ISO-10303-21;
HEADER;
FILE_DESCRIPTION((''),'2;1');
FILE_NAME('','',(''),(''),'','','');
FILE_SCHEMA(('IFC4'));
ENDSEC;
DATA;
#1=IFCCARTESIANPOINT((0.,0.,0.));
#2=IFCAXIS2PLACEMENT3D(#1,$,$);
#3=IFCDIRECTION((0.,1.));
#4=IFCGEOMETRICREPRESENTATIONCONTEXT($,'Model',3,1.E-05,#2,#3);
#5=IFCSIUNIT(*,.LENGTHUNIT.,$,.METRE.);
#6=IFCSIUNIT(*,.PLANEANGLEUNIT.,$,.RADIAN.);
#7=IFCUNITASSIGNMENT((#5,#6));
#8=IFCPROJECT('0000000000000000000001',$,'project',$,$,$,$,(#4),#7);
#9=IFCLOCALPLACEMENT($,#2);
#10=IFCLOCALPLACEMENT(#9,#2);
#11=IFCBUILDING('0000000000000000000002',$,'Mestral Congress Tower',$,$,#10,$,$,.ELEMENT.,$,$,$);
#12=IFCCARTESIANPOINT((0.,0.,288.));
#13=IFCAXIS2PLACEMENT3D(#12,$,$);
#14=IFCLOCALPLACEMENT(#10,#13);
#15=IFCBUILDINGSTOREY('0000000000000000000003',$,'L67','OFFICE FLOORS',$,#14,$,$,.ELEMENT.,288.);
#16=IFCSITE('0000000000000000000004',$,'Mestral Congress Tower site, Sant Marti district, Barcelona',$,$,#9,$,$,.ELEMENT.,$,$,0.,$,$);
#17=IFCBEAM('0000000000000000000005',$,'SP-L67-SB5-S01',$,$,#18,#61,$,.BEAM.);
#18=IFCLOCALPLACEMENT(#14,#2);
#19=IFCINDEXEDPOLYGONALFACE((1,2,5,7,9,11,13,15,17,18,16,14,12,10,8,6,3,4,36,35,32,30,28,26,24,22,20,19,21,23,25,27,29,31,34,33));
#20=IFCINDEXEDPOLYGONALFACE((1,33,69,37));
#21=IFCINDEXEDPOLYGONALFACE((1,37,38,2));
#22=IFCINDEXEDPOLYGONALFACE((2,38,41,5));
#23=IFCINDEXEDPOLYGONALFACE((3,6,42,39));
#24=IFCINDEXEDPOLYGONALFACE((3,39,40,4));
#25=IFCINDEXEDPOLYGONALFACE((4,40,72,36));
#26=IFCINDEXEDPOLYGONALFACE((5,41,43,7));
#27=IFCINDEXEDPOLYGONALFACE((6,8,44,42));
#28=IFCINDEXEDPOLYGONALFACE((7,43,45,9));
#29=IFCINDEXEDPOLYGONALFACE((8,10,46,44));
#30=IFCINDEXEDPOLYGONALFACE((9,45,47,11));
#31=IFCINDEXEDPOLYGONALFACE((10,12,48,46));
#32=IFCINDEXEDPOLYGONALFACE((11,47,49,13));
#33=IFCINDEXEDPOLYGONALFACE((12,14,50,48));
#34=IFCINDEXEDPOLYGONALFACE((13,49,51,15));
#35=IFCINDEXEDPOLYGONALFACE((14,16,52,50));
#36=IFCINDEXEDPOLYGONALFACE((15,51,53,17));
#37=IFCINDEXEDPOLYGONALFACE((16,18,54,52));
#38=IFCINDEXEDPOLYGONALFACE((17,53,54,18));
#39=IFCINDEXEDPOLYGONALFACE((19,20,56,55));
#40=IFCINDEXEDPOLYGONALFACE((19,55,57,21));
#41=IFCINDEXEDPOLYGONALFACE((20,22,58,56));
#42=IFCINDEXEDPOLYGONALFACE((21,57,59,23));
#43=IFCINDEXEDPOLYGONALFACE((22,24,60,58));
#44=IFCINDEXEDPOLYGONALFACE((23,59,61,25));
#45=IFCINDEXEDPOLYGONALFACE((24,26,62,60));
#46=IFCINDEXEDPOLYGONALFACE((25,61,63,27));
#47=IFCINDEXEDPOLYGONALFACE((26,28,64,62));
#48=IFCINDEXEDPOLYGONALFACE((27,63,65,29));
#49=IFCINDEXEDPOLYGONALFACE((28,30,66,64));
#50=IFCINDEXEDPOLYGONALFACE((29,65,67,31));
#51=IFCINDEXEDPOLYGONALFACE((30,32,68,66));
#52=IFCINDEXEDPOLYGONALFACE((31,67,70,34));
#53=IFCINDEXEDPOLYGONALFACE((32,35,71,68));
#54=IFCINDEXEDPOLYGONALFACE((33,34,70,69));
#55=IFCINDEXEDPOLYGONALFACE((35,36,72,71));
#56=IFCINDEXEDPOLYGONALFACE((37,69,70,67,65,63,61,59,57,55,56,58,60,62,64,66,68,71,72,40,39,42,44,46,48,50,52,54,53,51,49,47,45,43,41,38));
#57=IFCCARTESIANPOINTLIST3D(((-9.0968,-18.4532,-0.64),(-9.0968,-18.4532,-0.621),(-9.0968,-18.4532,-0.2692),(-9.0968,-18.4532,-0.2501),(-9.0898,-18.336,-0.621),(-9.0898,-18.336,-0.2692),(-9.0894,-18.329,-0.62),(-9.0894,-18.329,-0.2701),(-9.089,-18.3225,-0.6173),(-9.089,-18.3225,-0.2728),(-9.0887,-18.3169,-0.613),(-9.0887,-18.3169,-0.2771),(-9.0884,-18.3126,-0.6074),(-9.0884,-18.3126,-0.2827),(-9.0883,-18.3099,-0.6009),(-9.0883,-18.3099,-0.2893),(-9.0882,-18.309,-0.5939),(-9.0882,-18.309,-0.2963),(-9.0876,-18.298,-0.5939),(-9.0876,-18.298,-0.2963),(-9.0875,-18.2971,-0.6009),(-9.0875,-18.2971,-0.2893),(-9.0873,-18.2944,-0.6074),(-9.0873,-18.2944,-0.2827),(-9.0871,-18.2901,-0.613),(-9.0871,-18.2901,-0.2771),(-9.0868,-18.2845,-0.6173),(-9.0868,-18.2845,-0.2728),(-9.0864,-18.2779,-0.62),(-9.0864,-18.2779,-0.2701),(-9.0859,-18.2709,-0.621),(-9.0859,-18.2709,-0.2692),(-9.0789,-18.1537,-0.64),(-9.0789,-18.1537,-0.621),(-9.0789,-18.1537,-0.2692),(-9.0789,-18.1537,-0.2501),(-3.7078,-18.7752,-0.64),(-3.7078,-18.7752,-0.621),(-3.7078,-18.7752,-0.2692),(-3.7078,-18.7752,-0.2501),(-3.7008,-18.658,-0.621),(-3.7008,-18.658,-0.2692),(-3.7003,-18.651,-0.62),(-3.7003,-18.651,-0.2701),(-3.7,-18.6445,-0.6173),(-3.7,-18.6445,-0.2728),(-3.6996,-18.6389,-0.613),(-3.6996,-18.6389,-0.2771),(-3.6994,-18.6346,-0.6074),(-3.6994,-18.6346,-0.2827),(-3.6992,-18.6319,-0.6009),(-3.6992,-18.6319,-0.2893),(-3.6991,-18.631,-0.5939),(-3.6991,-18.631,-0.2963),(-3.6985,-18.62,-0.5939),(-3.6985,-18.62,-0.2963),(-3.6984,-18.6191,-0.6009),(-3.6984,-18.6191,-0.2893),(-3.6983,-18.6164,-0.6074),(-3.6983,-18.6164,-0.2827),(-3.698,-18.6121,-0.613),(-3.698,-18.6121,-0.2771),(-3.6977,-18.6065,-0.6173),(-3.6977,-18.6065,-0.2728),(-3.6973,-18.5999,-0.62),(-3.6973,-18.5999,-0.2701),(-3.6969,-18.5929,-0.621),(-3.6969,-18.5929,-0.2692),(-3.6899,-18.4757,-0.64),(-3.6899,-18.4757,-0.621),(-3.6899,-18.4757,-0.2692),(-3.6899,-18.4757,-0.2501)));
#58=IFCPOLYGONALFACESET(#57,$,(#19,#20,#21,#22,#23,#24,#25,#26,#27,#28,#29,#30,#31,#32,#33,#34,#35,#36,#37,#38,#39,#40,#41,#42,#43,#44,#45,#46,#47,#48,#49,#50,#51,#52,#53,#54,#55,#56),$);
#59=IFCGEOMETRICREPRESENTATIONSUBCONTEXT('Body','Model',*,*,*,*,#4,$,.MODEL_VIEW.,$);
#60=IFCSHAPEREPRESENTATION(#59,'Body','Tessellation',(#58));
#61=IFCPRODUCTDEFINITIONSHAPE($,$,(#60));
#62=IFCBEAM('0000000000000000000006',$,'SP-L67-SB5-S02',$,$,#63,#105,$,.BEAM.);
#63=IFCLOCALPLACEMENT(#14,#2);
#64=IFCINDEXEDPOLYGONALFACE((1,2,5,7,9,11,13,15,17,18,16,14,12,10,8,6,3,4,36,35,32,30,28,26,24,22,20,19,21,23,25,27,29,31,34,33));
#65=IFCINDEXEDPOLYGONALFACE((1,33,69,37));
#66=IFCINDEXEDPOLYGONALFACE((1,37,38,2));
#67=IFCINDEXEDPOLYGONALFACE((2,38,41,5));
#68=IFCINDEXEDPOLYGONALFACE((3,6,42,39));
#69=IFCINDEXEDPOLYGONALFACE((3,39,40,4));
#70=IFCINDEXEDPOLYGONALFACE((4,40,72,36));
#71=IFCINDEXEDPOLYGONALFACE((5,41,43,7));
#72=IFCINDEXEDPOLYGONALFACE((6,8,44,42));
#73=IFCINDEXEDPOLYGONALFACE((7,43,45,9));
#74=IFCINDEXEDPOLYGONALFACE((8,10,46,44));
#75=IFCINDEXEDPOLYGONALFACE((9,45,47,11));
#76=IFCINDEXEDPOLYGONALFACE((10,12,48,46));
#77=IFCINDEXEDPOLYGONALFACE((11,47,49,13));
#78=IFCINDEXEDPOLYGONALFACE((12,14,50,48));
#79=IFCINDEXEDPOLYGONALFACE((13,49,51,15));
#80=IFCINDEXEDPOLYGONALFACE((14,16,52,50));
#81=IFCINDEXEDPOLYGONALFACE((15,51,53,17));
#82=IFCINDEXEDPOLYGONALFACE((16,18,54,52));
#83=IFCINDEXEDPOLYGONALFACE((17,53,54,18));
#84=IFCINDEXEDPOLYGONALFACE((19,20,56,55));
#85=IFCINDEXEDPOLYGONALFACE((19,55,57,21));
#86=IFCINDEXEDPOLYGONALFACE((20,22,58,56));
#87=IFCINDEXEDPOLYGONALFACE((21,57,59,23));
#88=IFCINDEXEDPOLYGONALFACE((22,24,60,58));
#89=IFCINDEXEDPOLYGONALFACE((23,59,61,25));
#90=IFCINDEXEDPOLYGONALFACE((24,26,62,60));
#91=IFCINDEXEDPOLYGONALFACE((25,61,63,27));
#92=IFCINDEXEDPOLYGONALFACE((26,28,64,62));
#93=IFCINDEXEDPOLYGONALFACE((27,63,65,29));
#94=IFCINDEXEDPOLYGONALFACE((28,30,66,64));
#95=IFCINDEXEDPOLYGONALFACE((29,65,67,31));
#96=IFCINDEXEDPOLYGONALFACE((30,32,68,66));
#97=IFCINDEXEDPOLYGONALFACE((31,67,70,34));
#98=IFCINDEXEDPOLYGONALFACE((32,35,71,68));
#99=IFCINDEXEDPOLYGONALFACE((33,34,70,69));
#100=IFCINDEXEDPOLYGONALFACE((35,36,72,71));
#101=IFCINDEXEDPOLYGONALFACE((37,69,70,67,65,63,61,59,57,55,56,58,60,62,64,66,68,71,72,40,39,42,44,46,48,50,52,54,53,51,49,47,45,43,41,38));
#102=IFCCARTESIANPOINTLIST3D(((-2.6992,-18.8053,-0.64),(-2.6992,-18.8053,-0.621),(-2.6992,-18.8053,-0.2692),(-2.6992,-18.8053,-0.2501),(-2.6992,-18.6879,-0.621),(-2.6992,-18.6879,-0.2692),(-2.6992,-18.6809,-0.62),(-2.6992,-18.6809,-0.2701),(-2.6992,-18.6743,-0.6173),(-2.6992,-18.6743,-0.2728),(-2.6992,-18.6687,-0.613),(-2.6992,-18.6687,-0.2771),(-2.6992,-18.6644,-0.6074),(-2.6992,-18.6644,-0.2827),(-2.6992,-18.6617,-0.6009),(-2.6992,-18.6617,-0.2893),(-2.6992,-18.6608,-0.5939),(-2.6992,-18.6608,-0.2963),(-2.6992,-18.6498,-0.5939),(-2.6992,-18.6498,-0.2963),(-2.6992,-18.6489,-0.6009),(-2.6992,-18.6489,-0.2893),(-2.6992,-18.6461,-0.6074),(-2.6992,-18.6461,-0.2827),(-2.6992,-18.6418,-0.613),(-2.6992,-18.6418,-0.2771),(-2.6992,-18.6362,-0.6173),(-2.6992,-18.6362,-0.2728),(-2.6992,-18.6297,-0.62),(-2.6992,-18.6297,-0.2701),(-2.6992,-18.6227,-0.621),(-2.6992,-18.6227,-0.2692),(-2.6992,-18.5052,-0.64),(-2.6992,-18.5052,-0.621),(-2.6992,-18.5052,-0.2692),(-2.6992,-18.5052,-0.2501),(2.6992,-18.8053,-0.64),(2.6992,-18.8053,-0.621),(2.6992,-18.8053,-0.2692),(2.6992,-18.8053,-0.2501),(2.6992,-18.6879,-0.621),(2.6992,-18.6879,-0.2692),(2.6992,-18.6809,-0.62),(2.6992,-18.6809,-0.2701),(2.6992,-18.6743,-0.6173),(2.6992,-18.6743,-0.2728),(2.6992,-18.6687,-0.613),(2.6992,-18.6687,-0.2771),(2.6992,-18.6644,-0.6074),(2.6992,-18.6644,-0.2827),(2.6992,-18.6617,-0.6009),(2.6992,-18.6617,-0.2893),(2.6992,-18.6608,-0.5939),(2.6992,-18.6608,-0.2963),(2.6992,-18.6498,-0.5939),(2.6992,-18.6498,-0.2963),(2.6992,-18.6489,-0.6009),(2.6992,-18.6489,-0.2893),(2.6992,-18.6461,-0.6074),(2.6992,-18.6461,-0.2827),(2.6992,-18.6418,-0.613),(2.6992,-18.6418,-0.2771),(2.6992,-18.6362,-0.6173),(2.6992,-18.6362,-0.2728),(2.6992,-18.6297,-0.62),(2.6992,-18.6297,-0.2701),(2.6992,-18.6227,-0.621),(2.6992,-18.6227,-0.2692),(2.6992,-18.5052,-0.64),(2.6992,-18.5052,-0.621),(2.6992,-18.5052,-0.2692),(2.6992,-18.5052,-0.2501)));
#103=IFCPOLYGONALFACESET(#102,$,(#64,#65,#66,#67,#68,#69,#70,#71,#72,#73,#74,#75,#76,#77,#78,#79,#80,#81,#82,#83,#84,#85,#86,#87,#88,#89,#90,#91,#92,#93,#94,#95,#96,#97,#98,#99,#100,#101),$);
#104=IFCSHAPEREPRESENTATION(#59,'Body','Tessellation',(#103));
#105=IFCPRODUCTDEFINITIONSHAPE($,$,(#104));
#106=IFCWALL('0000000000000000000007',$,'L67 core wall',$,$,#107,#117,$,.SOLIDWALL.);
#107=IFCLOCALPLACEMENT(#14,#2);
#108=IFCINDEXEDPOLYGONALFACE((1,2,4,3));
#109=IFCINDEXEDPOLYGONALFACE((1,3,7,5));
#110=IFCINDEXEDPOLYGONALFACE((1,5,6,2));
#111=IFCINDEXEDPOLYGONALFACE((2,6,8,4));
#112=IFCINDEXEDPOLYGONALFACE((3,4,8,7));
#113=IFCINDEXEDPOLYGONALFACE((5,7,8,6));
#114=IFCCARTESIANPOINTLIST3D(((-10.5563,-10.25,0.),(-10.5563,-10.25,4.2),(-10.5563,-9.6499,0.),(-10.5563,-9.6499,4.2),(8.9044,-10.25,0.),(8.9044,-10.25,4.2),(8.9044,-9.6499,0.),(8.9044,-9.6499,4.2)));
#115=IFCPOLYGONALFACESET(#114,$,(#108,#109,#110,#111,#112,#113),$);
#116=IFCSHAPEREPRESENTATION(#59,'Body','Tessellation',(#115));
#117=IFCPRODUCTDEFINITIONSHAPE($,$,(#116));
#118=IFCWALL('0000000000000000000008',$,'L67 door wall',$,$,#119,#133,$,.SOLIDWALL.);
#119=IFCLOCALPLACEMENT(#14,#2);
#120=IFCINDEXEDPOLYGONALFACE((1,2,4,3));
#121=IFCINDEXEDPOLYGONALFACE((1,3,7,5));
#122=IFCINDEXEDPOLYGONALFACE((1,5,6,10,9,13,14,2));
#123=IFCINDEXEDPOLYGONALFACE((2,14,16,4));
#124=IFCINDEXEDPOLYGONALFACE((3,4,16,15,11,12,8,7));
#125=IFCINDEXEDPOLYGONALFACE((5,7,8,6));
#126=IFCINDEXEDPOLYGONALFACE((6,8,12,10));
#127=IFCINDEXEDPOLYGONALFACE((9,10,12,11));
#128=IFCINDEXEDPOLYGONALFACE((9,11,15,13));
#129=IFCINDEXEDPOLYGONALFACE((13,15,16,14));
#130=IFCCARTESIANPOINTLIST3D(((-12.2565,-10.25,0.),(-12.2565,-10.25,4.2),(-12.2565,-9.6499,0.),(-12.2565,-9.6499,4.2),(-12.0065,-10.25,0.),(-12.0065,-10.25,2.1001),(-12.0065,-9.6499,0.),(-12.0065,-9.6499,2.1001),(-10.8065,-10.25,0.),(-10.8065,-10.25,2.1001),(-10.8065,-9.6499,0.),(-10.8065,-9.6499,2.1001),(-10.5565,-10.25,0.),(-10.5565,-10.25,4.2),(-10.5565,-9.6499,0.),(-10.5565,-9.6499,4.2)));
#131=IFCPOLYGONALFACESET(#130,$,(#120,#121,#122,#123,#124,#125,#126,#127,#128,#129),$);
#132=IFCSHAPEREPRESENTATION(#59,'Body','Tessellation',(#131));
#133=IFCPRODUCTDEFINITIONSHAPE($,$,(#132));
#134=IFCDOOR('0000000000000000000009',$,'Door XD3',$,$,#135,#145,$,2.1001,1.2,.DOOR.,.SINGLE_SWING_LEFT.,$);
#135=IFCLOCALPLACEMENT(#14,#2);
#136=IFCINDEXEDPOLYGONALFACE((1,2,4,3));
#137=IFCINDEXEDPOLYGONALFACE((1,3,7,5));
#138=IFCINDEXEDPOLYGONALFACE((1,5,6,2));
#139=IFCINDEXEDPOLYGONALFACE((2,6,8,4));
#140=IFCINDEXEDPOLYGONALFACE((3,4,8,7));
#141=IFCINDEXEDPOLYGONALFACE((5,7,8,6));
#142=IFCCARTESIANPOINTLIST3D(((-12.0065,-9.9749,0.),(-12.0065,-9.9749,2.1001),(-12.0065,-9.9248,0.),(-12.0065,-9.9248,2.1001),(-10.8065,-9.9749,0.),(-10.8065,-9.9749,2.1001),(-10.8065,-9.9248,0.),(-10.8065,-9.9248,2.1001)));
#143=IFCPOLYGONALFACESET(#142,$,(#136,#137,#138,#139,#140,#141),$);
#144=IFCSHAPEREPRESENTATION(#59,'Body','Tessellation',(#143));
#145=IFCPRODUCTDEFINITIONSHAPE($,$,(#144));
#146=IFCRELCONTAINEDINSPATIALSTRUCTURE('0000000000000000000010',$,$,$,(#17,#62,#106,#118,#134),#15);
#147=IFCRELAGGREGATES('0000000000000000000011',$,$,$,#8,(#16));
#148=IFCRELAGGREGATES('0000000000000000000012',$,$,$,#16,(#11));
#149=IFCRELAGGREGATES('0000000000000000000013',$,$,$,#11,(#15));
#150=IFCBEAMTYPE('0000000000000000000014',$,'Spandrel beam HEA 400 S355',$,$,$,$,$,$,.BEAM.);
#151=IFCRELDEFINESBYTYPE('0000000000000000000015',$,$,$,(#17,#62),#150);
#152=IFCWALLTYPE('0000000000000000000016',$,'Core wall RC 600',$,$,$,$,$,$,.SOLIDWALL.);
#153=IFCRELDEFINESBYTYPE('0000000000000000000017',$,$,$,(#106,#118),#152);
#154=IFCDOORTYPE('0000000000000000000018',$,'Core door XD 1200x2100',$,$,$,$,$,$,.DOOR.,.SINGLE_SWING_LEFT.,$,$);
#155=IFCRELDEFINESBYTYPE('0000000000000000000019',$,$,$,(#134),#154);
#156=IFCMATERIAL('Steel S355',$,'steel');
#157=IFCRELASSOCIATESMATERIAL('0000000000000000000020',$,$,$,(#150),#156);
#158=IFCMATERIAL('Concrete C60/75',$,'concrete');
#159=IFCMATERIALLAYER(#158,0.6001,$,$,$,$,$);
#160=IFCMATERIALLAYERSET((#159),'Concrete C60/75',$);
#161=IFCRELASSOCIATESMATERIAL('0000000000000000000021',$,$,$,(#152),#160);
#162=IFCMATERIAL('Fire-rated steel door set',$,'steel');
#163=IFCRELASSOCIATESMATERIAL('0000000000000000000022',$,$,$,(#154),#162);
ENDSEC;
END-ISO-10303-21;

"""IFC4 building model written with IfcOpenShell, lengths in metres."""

from ifc_helpers import new_model, si_unit, direction, frame, frame_2d, origin, origin_2d, place, context, subcontext, project, spatial, rectangle, i_section, extrude, material, layer, layer_set, material_profile, profile_set, type_object, element, fill, save


model = new_model("IFC4")

# Units and contexts
model_context = context("Model", 3, precision=1e-05, world=origin(), true_north=direction((0.0, 1.0)))
body_context = subcontext(model_context, "Body", "Model", "MODEL_VIEW")
ifc_project = project(units=[si_unit("LENGTHUNIT", "METRE"), si_unit("PLANEANGLEUNIT", "RADIAN")], contexts=[model_context])

# Site, building, storey
site_placement = place(None, origin())
site = spatial("IfcSite", under=ifc_project, at=site_placement, Name="Mestral Congress Tower site, Sant Marti district, Barcelona", CompositionType="ELEMENT", RefElevation=0.0)
building_placement = place(site_placement, origin())
building = spatial("IfcBuilding", under=site, at=building_placement, Name="Mestral Congress Tower", CompositionType="ELEMENT")
storey_placement = place(building_placement, frame((0.0, 0.0, 288.0)))
storey = spatial("IfcBuildingStorey", under=building, at=storey_placement, Name="L67", Description="OFFICE FLOORS", CompositionType="ELEMENT", Elevation=288.0)

# Shared definitions
ifc_material_1 = material(Name="Concrete C60/75", Category="concrete")

# Beams
ifc_material_2 = material(Name="Steel S355", Category="steel")
ifc_material_profile_1 = material_profile(ifc_material_2, i_section(OverallWidth=0.3, OverallDepth=0.3899, WebThickness=0.011, FlangeThickness=0.019, FilletRadius=0.0271, at=origin_2d()), Name="HEA 400")
ifc_profile_set_1 = profile_set([ifc_material_profile_1], Name="Steel S355")
beam_type_1 = type_object("IfcBeamType", Name="Spandrel beam HEA 400 S355", PredefinedType="BEAM", material=ifc_profile_set_1)
beam_1_placement = place(storey_placement, frame((-9.0879, -18.3035, -0.4451), z_axis=(0.99822, -0.059647, 0.0), x_axis=(0.059647, 0.99822, 0.0)))
element("IfcBeam", 1, at=beam_1_placement, inside=storey, type_object=beam_type_1, Name="SP-L67-SB5-S01", PredefinedType="BEAM", context=body_context, shape_type="SweptSolid", body=[
    extrude(i_section(OverallWidth=0.3, OverallDepth=0.3899, WebThickness=0.011, FlangeThickness=0.019, FilletRadius=0.0271, at=origin_2d()), origin(), (0.0, 0.0, 1.0), 5.3987),
])
beam_2_placement = place(storey_placement, frame((-2.6992, -18.6553, -0.4451), z_axis=(1.0, 0.0, 0.0), x_axis=(0.0, 1.0, 0.0)))
element("IfcBeam", 2, at=beam_2_placement, inside=storey, type_object=beam_type_1, Name="SP-L67-SB5-S02", PredefinedType="BEAM", context=body_context, shape_type="SweptSolid", body=[
    extrude(i_section(OverallWidth=0.3, OverallDepth=0.3899, WebThickness=0.011, FlangeThickness=0.019, FilletRadius=0.0271, at=origin_2d()), origin(), (0.0, 0.0, 1.0), 5.3984),
])

# Wall
ifc_layer_1 = layer(ifc_material_1, 0.6001)
ifc_layer_set_1 = layer_set([ifc_layer_1], Name="Concrete C60/75")
wall_type_1 = type_object("IfcWallType", Name="Core wall RC 600", PredefinedType="SOLIDWALL", material=ifc_layer_set_1)
wall_1_placement = place(storey_placement, frame((-10.5564, -9.95, 0.0), z_axis=(0.0, 0.0, 1.0), x_axis=(1.0, 0.0, 0.0)))
element("IfcWall", 3, at=wall_1_placement, inside=storey, type_object=wall_type_1, Name="L67 core wall", PredefinedType="SOLIDWALL", context=body_context, shape_type="SweptSolid", body=[
    extrude(rectangle(XDim=19.4607, YDim=0.6001, at=frame_2d((9.7305, 0.0))), origin(), (0.0, 0.0, 1.0), 4.2),
])

# Wall, opening, door
wall_2_placement = place(storey_placement, frame((-10.5564, -9.95, 0.0), z_axis=(0.0, 0.0, 1.0), x_axis=(-1.0, 0.0, 0.0)))
wall_2 = element("IfcWall", 4, at=wall_2_placement, inside=storey, type_object=wall_type_1, Name="L67 door wall", PredefinedType="SOLIDWALL", context=body_context, shape_type="SweptSolid", body=[
    extrude(rectangle(XDim=1.7, YDim=0.6001, at=frame_2d((0.8501, 0.0))), origin(), (0.0, 0.0, 1.0), 4.2),
])
opening_1_placement = place(wall_2_placement, frame((0.25, 0.0, 0.0)))
opening_1 = element("IfcOpeningElement", 5, at=opening_1_placement, cuts=wall_2, PredefinedType="OPENING", context=body_context, shape_type="SweptSolid", body=[
    extrude(rectangle(XDim=1.2, YDim=2.1001, at=frame_2d((0.6001, 1.05))), frame((0.0, 0.3101, 0.0), z_axis=(0.0, -1.0, 0.0), x_axis=(1.0, 0.0, 0.0)), (0.0, 0.0, 1.0), 0.6201),
])
ifc_material_3 = material(Name="Fire-rated steel door set", Category="steel")
door_type_1 = type_object("IfcDoorType", Name="Core door XD 1200x2100", OperationType="SINGLE_SWING_LEFT", PredefinedType="DOOR", material=ifc_material_3)
door_1_placement = place(opening_1_placement, origin())
door_1 = element("IfcDoor", 6, at=door_1_placement, inside=storey, type_object=door_type_1, Name="Door XD3", OperationType="SINGLE_SWING_LEFT", OverallHeight=2.1001, OverallWidth=1.2, PredefinedType="DOOR", context=body_context, shape_type="SweptSolid", body=[
    extrude(rectangle(XDim=1.2, YDim=2.1001, at=frame_2d((0.6001, 1.05))), frame((0.0, 0.0249, 0.0), z_axis=(0.0, -1.0, 0.0), x_axis=(1.0, 0.0, 0.0)), (0.0, 0.0, 1.0), 0.05),
])
fill(opening_1, door_1)

save(model, "model.ifc")
